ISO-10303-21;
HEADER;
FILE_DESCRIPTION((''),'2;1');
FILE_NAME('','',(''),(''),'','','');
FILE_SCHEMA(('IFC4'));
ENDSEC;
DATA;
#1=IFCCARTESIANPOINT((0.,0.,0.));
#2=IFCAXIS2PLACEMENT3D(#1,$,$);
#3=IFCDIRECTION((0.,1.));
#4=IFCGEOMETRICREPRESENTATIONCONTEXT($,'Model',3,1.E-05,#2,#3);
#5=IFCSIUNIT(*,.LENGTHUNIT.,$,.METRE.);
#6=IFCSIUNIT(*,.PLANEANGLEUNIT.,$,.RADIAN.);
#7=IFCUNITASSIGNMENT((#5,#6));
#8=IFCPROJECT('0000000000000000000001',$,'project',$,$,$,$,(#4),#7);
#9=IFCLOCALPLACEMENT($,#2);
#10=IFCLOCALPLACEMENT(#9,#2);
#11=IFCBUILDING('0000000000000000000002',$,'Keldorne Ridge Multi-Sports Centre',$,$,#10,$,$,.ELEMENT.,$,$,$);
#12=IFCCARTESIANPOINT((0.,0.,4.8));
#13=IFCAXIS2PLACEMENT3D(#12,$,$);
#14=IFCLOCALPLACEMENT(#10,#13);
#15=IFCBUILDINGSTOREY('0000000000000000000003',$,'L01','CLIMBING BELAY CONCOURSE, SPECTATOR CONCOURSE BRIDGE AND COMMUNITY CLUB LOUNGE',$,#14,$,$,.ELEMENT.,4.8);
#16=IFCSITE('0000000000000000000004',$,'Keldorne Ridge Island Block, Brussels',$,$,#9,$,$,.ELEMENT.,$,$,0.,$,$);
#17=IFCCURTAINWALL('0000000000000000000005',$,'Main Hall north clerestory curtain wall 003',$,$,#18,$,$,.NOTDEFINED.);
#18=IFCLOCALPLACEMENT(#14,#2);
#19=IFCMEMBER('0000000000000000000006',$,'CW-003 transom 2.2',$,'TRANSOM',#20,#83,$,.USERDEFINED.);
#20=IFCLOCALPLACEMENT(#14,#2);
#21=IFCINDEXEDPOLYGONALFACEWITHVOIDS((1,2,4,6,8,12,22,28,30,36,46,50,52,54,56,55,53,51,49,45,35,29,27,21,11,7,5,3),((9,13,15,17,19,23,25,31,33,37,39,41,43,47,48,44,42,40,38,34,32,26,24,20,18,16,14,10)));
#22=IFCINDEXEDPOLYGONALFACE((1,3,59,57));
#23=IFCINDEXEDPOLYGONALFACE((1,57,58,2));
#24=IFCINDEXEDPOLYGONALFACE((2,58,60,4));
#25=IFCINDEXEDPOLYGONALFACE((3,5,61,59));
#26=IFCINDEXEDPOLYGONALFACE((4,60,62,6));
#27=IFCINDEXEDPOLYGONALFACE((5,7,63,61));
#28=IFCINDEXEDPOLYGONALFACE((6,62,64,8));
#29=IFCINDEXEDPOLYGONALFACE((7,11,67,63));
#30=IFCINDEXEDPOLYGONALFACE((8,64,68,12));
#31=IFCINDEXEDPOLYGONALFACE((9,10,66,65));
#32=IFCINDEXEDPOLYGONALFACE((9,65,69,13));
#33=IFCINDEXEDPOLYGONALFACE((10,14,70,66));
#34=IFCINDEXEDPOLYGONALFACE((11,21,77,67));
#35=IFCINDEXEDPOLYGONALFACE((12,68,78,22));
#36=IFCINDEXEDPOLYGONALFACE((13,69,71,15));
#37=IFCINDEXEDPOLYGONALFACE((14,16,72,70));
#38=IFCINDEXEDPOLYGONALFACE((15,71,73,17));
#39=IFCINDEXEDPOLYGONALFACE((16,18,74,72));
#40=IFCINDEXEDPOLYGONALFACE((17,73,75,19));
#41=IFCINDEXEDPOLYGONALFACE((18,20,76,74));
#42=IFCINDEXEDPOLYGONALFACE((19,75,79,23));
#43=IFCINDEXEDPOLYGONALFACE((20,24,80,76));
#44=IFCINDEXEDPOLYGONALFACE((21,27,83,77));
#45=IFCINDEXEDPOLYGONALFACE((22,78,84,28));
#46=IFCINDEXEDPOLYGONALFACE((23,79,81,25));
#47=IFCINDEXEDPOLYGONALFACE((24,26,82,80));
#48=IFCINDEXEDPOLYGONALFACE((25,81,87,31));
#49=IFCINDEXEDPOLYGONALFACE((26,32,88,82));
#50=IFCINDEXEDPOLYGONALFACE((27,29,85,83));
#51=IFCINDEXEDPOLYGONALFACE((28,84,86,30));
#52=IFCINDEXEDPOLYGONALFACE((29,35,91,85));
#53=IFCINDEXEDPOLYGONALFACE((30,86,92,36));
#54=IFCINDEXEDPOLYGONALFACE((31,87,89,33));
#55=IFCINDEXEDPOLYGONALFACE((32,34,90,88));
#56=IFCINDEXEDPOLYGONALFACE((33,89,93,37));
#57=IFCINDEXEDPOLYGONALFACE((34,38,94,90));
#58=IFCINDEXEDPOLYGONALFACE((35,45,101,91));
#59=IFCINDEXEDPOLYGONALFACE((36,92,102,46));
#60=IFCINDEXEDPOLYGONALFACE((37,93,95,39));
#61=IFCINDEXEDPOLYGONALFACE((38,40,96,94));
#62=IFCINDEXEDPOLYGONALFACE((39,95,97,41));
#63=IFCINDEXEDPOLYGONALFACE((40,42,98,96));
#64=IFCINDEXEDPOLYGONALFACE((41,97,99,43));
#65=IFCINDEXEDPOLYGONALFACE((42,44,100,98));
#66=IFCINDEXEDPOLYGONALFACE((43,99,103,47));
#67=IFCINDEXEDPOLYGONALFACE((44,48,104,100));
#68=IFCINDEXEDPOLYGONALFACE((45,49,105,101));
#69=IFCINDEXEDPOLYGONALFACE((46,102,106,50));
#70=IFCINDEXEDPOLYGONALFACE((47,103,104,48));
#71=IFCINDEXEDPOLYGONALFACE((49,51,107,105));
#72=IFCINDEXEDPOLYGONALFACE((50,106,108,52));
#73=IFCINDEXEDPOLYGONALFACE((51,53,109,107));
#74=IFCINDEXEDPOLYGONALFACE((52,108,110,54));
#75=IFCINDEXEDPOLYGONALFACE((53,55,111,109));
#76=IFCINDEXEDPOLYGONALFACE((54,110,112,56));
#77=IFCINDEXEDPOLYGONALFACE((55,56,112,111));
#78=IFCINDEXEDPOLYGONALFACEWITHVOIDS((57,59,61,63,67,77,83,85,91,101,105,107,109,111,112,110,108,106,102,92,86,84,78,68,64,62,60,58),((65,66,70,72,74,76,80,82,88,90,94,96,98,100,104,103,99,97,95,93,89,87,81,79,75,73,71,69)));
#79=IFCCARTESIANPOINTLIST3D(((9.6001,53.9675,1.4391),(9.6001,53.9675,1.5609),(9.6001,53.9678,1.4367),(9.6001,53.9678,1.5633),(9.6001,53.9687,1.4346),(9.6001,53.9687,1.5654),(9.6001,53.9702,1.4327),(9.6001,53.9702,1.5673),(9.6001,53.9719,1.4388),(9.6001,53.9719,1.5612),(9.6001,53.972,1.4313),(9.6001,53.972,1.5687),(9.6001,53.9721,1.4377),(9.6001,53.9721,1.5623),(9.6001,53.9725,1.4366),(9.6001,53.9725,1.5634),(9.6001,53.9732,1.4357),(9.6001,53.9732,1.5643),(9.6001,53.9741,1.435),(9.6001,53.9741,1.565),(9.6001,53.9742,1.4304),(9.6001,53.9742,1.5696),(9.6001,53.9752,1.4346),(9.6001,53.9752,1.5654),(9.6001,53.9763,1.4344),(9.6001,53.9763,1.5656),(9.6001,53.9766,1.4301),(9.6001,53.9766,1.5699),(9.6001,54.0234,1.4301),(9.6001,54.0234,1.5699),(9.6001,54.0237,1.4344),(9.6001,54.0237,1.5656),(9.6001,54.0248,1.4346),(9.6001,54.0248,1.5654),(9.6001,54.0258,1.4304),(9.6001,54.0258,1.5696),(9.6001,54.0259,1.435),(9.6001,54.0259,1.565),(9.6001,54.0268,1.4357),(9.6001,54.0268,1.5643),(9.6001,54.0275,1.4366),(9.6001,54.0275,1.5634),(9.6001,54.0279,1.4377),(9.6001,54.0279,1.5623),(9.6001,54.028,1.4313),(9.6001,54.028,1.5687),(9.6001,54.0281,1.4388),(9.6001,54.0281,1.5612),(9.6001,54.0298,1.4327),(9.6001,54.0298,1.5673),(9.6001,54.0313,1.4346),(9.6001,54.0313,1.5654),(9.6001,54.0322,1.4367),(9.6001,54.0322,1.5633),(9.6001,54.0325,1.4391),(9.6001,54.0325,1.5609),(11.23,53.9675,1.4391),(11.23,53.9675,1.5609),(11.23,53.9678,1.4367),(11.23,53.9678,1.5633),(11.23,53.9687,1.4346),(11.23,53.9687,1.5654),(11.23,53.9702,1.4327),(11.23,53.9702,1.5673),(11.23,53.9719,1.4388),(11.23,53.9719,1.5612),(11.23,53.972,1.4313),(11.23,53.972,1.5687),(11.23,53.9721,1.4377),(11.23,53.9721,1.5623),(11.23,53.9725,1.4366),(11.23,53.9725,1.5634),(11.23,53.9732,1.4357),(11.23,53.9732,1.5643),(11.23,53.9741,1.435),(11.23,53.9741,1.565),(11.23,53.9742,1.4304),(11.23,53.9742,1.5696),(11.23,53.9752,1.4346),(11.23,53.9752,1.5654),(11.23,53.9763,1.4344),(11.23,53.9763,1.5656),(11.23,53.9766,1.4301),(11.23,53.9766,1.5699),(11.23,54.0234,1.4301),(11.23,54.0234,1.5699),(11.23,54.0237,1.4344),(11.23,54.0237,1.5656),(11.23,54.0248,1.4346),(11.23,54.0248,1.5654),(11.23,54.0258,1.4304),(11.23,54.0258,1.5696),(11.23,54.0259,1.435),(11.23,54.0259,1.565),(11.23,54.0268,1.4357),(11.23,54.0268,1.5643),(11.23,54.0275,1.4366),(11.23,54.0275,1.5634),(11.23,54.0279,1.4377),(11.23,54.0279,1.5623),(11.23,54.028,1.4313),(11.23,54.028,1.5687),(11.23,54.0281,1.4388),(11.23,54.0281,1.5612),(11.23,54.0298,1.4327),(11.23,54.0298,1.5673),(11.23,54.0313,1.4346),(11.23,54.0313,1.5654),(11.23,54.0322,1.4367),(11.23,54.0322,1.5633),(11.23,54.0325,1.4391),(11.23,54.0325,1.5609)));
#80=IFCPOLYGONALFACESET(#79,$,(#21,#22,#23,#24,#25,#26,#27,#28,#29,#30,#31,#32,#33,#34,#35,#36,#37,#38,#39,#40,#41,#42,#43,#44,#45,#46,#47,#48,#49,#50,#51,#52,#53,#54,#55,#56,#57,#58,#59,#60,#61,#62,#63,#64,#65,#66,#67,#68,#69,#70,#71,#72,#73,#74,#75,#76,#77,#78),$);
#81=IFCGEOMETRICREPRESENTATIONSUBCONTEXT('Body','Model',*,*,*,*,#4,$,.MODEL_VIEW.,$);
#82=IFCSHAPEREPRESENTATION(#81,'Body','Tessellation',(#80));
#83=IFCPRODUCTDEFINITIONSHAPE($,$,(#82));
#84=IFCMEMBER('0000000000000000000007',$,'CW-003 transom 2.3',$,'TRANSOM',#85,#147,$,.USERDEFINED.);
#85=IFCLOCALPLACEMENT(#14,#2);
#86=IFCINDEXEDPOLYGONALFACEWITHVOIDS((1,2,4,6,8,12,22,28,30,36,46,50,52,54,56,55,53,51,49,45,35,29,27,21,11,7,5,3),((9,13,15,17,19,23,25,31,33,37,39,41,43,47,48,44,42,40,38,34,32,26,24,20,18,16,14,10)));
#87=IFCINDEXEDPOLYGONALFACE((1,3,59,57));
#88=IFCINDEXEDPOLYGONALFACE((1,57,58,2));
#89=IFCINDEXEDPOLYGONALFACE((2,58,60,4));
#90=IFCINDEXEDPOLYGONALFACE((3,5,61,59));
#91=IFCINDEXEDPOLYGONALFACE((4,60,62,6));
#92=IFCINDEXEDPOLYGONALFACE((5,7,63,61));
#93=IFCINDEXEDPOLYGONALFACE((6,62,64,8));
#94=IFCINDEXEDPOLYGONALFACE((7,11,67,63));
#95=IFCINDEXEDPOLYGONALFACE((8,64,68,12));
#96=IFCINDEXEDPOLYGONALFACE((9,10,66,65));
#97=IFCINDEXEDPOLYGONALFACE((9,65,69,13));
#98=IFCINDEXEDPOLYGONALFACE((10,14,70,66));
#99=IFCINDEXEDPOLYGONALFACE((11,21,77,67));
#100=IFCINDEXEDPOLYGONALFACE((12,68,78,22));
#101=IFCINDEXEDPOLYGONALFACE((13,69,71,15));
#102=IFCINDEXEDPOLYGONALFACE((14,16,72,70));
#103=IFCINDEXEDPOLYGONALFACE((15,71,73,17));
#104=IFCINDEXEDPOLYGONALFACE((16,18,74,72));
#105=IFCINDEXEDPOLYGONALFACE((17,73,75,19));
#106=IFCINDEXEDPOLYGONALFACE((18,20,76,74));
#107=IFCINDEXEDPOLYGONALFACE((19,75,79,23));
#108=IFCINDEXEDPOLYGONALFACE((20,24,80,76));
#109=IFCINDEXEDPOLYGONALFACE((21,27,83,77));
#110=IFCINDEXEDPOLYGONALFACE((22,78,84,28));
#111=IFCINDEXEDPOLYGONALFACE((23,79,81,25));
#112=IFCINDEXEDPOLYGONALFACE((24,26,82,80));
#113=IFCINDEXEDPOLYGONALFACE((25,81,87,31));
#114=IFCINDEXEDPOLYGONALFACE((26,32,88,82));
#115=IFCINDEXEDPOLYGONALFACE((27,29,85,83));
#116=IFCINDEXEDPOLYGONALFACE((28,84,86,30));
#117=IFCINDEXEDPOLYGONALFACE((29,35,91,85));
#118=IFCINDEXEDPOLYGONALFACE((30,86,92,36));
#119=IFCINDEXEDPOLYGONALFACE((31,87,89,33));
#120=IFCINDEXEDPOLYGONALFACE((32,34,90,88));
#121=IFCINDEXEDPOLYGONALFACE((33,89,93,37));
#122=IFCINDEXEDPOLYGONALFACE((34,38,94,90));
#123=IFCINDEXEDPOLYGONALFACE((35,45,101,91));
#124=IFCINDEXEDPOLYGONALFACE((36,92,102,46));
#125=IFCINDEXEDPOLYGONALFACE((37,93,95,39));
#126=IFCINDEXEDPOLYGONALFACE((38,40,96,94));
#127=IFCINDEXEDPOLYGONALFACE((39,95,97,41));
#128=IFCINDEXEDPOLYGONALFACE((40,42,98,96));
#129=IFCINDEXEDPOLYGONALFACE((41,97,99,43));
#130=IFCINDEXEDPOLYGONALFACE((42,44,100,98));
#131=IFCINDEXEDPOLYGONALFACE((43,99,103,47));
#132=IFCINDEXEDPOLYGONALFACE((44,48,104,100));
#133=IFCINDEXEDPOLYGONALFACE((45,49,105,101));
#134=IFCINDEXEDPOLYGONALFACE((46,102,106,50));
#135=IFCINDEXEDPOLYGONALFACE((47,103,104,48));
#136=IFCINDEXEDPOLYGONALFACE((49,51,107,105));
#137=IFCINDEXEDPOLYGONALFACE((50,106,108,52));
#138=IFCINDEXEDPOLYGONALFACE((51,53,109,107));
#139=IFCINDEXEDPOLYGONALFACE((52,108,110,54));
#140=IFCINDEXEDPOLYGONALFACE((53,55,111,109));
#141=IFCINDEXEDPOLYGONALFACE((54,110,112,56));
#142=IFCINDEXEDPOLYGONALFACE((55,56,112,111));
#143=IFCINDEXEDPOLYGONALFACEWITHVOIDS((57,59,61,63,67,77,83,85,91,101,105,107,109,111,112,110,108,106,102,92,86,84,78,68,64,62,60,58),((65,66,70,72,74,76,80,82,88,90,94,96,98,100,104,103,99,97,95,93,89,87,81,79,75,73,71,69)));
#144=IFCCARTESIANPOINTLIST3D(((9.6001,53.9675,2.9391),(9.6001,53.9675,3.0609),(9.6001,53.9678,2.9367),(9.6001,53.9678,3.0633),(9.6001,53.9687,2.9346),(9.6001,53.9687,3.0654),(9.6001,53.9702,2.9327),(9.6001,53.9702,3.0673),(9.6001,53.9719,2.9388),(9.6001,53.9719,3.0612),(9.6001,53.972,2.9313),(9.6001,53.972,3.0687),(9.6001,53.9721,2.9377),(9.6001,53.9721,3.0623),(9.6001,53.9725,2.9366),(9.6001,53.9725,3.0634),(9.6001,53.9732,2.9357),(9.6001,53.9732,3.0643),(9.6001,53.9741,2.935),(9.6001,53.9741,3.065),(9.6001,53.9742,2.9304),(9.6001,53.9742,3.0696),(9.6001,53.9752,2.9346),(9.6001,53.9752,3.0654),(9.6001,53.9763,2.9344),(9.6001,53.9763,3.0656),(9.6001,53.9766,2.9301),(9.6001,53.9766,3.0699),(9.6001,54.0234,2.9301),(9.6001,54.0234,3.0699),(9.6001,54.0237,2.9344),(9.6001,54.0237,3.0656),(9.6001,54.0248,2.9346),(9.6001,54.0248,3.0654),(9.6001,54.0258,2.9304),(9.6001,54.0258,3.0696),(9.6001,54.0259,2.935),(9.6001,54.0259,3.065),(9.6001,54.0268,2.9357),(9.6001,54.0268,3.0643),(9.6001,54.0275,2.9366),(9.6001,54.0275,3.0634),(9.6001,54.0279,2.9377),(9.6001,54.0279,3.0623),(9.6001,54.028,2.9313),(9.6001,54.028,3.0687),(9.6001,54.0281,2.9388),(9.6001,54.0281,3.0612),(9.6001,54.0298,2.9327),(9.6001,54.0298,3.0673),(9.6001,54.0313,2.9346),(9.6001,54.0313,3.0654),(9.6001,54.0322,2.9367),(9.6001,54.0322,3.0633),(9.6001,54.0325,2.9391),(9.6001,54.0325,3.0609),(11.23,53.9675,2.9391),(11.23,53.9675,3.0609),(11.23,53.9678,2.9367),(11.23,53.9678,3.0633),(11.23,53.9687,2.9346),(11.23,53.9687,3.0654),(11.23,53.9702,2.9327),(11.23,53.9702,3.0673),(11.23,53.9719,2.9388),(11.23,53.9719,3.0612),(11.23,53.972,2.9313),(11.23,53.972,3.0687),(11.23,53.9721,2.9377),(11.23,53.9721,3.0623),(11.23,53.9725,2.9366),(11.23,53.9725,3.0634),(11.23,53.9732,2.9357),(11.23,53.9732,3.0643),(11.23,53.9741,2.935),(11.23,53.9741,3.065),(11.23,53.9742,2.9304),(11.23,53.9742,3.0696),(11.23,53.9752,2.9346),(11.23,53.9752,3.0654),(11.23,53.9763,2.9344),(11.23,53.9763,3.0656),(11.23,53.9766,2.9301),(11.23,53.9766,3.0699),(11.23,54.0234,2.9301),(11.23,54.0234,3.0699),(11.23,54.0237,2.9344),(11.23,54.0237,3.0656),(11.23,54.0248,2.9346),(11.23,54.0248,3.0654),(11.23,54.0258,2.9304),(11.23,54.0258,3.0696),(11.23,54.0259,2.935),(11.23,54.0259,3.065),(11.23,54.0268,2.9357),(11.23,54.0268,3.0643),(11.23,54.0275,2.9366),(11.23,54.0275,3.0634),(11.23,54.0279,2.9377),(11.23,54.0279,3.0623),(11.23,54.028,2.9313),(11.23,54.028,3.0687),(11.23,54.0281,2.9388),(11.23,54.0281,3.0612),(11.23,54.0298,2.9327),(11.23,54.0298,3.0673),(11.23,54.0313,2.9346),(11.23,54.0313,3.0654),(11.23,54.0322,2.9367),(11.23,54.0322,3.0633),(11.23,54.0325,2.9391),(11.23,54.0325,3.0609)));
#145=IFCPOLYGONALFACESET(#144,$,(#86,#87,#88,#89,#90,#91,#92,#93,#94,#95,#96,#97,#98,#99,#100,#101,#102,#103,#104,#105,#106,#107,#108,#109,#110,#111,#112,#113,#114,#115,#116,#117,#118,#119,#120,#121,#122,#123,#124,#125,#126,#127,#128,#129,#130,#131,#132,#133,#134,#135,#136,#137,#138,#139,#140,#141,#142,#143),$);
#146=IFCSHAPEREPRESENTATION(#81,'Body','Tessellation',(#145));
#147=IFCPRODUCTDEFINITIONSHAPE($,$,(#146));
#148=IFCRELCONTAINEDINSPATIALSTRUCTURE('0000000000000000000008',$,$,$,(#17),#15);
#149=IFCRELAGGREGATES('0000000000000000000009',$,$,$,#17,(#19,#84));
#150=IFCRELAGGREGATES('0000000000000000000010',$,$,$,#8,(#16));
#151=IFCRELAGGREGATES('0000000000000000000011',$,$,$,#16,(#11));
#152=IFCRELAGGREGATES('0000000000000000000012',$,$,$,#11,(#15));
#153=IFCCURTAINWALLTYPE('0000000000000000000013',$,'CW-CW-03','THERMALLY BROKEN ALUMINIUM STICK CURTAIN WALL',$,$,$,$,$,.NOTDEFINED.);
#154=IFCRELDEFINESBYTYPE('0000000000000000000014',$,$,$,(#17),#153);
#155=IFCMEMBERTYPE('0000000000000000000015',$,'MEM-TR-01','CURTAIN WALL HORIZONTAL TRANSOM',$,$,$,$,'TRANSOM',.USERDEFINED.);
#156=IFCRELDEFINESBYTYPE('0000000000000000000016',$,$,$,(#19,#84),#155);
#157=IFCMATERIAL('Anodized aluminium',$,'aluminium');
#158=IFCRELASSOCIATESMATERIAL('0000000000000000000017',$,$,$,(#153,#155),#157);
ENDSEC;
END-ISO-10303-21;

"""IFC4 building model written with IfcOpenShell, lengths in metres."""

from ifc_helpers import new_model, si_unit, direction, frame, origin, origin_2d, place, context, subcontext, project, spatial, hollow_rectangle, extrude, material, material_profile, profile_set, type_object, element, aggregate, save


model = new_model("IFC4")

# Units and contexts
model_context = context("Model", 3, precision=1e-05, world=origin(), true_north=direction((0.0, 1.0)))
body_context = subcontext(model_context, "Body", "Model", "MODEL_VIEW")
ifc_project = project(units=[si_unit("LENGTHUNIT", "METRE"), si_unit("PLANEANGLEUNIT", "RADIAN")], contexts=[model_context])

# Site, building, storey
site_placement = place(None, origin())
site = spatial("IfcSite", under=ifc_project, at=site_placement, Name="Keldorne Ridge Island Block, Brussels", CompositionType="ELEMENT", RefElevation=0.0)
building_placement = place(site_placement, origin())
building = spatial("IfcBuilding", under=site, at=building_placement, Name="Keldorne Ridge Multi-Sports Centre", CompositionType="ELEMENT")
storey_placement = place(building_placement, frame((0.0, 0.0, 4.8)))
storey = spatial("IfcBuildingStorey", under=building, at=storey_placement, Name="L01", Description="CLIMBING BELAY CONCOURSE, SPECTATOR CONCOURSE BRIDGE AND COMMUNITY CLUB LOUNGE", CompositionType="ELEMENT", Elevation=4.8)

# Curtain wall
ifc_material_1 = material(Name="Anodized aluminium", Category="aluminium")
curtain_wall_type_1 = type_object("IfcCurtainWallType", Name="CW-CW-03", Description="THERMALLY BROKEN ALUMINIUM STICK CURTAIN WALL", PredefinedType="NOTDEFINED", material=ifc_material_1)
curtain_wall_1_placement = place(storey_placement, origin())
curtain_wall_1 = element("IfcCurtainWall", 1, at=curtain_wall_1_placement, inside=storey, type_object=curtain_wall_type_1, Name="Main Hall north clerestory curtain wall 003", PredefinedType="NOTDEFINED")

# Members
ifc_material_profile_1 = material_profile(ifc_material_1, hollow_rectangle(XDim=0.0649, YDim=0.1399, WallThickness=0.0044, InnerFilletRadius=0.0044, OuterFilletRadius=0.009, at=origin_2d()), Name="ALU TRANSOM 140x65x4.5")
ifc_profile_set_1 = profile_set([ifc_material_profile_1], Name="Anodized aluminium")
member_type_1 = type_object("IfcMemberType", Name="MEM-TR-01", Description="CURTAIN WALL HORIZONTAL TRANSOM", ElementType="TRANSOM", PredefinedType="USERDEFINED", material=ifc_profile_set_1)
member_1_placement = place(storey_placement, frame((11.23, 54.0, 1.5), z_axis=(-1.0, 0.0, 0.0), x_axis=(0.0, -1.0, 0.0)))
member_1 = element("IfcMember", 2, at=member_1_placement, type_object=member_type_1, Name="CW-003 transom 2.2", ObjectType="TRANSOM", PredefinedType="USERDEFINED", context=body_context, shape_type="SweptSolid", body=[
    extrude(hollow_rectangle(XDim=0.0649, YDim=0.1399, WallThickness=0.0044, InnerFilletRadius=0.0044, OuterFilletRadius=0.009, at=origin_2d()), origin(), (0.0, 0.0, 1.0), 1.6299),
])
member_2_placement = place(storey_placement, frame((11.23, 54.0, 3.0), z_axis=(-1.0, 0.0, 0.0), x_axis=(0.0, -1.0, 0.0)))
member_2 = element("IfcMember", 3, at=member_2_placement, type_object=member_type_1, Name="CW-003 transom 2.3", ObjectType="TRANSOM", PredefinedType="USERDEFINED", context=body_context, shape_type="SweptSolid", body=[
    extrude(hollow_rectangle(XDim=0.0649, YDim=0.1399, WallThickness=0.0044, InnerFilletRadius=0.0044, OuterFilletRadius=0.009, at=origin_2d()), origin(), (0.0, 0.0, 1.0), 1.6299),
])

aggregate(curtain_wall_1, [member_1, member_2])

save(model, "model.ifc")
